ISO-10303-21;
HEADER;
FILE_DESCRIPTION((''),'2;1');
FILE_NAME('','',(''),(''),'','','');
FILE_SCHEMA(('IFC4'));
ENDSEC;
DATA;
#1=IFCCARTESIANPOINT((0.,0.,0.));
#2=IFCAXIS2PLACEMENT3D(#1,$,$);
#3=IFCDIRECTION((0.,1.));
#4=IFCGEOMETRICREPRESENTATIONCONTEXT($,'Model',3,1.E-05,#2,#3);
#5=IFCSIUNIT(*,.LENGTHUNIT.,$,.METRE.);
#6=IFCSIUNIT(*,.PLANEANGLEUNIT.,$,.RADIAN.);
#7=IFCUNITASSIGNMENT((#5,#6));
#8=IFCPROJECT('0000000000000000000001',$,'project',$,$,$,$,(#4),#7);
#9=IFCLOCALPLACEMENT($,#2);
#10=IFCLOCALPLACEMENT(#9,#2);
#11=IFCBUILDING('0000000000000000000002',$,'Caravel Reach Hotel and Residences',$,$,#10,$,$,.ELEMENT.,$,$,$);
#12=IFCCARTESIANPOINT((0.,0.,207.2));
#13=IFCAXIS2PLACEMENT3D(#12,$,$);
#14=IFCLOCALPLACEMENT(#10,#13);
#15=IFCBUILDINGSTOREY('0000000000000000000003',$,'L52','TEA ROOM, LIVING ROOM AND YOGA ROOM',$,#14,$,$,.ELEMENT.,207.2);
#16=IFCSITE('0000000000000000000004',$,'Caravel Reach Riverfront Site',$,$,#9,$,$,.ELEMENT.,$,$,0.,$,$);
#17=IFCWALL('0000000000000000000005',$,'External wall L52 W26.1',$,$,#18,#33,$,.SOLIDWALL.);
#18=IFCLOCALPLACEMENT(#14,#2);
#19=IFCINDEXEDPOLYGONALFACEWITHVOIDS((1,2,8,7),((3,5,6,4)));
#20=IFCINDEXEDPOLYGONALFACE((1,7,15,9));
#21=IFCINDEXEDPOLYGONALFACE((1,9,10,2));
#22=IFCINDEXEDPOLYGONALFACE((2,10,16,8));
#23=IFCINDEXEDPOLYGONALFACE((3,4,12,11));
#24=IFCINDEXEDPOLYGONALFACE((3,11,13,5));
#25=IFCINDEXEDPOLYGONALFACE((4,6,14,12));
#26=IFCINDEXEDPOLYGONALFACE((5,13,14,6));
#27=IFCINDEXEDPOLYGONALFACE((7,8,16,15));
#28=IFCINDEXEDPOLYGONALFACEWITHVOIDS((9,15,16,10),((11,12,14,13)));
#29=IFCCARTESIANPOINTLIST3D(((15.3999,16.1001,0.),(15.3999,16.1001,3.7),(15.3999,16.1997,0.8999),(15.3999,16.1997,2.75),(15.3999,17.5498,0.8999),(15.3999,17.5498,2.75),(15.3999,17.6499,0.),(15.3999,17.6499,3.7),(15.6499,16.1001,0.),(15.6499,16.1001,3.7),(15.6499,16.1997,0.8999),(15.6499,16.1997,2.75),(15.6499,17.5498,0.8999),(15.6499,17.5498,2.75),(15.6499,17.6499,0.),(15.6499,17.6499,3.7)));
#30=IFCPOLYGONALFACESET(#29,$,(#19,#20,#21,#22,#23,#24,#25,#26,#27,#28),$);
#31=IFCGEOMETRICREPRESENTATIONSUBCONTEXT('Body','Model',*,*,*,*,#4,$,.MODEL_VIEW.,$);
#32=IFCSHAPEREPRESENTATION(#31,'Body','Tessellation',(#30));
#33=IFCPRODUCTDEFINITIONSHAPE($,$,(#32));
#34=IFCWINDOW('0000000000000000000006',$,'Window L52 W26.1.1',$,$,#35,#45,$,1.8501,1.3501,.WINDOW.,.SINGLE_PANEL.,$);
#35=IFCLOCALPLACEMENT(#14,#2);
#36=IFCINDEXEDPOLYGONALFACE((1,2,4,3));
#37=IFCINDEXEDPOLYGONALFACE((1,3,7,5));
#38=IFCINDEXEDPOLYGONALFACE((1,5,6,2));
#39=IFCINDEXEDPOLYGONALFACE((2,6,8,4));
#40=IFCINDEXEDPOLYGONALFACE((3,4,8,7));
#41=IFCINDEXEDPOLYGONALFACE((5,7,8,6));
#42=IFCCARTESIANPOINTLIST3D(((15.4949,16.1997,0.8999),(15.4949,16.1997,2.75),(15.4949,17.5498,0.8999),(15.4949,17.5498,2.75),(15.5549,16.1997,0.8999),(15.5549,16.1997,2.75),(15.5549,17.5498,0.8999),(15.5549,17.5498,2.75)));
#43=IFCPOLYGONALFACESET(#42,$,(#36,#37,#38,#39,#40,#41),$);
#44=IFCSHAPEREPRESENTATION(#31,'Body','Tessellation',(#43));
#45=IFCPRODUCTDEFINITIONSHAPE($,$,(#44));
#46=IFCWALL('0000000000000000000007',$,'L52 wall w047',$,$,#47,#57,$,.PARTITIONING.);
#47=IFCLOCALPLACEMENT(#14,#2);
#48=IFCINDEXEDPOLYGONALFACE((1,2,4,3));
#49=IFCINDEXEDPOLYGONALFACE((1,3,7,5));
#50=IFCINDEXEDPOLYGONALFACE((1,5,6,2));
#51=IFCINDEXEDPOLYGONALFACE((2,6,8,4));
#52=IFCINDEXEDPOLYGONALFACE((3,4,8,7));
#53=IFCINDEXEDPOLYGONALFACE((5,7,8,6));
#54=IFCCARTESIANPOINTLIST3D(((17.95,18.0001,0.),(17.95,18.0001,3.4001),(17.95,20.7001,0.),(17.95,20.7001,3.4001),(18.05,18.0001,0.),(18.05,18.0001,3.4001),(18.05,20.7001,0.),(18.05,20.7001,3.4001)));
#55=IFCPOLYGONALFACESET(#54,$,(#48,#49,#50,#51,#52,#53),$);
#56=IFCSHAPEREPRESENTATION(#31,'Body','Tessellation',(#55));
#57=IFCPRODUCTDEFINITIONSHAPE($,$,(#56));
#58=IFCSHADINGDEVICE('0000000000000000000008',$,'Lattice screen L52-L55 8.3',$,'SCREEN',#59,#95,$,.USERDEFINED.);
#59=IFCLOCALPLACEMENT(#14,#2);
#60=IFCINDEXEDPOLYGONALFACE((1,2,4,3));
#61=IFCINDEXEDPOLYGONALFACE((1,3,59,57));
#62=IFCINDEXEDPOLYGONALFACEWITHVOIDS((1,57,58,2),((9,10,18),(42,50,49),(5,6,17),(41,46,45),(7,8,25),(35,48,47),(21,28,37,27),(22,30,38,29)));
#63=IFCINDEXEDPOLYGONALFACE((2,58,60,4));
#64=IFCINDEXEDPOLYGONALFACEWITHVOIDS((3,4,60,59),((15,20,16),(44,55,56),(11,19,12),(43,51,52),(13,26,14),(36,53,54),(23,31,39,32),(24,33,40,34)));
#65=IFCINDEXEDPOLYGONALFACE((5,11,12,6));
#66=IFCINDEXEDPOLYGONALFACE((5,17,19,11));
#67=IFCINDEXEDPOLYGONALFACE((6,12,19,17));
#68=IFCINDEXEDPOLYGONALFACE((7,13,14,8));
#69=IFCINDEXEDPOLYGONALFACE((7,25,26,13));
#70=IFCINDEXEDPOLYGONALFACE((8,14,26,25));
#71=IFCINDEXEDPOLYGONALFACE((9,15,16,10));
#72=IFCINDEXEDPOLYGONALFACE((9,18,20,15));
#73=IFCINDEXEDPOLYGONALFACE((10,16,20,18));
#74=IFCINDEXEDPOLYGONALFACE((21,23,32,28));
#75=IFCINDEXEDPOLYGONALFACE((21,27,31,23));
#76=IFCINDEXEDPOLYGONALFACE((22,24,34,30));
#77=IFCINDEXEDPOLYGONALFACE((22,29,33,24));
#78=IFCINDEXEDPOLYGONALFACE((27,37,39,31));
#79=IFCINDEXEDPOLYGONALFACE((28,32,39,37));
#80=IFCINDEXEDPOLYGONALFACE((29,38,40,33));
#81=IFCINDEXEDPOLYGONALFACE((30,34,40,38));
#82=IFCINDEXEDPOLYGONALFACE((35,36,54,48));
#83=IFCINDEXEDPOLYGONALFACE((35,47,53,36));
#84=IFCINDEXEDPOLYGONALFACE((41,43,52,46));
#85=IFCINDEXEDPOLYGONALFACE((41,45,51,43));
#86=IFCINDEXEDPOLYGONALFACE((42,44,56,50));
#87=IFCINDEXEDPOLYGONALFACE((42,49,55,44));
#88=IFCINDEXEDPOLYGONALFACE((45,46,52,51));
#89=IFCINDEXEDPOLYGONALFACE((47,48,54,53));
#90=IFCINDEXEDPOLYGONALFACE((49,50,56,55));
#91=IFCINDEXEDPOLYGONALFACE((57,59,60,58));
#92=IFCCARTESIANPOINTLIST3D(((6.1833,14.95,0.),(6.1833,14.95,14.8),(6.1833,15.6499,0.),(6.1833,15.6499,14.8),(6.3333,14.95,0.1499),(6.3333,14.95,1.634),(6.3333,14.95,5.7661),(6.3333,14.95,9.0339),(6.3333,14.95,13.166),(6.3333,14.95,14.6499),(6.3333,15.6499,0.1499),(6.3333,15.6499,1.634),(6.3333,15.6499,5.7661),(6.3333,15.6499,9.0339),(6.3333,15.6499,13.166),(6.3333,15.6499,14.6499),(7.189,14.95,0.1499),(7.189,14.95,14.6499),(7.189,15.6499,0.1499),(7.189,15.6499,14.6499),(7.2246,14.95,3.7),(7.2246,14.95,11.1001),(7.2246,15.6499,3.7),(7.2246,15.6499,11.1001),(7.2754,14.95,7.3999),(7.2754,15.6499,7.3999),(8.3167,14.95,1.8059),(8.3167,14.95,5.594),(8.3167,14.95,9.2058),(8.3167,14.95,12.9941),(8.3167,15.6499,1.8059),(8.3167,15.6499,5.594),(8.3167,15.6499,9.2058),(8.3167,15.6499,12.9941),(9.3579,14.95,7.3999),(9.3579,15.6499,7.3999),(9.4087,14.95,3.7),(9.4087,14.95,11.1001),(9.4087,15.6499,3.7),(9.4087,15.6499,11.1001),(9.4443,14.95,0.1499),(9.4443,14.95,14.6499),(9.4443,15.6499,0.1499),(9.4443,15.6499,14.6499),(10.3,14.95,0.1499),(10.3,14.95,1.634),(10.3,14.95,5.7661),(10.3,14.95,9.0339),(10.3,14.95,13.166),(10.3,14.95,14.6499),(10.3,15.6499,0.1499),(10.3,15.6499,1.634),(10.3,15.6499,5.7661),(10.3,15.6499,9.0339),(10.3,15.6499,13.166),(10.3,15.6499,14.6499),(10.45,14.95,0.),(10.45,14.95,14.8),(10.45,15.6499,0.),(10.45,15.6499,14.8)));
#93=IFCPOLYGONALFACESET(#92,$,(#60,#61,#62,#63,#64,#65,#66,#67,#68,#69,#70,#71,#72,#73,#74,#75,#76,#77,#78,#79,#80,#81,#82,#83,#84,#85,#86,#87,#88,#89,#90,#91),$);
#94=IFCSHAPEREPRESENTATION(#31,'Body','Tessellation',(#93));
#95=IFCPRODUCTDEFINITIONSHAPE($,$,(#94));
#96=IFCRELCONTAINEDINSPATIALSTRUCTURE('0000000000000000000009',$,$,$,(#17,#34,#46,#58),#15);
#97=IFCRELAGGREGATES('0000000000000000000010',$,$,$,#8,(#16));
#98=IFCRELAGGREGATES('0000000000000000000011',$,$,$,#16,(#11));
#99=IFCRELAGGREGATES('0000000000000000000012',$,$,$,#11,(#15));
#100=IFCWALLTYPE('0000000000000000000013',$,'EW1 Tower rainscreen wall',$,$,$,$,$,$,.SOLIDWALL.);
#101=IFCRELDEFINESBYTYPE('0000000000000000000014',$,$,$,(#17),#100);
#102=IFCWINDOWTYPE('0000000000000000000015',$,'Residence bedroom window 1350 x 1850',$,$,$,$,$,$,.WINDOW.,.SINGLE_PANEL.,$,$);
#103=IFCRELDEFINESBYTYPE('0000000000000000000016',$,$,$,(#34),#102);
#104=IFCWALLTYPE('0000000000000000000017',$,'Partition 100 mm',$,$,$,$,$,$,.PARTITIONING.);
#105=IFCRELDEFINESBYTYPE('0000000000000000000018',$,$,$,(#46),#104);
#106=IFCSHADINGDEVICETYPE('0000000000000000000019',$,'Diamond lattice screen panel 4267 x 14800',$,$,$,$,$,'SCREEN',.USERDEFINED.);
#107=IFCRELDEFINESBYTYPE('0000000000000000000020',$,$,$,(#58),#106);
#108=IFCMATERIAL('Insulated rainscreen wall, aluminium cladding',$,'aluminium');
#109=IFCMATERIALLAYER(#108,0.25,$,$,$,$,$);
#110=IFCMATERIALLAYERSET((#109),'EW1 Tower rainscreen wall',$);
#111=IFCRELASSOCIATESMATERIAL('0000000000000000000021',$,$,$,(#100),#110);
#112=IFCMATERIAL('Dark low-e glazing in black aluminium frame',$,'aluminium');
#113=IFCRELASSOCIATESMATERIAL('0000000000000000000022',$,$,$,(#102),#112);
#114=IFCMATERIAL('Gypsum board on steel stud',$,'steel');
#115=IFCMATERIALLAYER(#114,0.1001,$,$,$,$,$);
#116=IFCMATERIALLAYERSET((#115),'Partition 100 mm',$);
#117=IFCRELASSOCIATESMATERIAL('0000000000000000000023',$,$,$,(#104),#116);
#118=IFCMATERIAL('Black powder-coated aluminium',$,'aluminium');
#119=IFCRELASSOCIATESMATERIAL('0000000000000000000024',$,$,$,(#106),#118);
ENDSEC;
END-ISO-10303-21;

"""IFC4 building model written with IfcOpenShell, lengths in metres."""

from ifc_helpers import new_model, si_unit, direction, frame, frame_2d, origin, place, context, subcontext, project, spatial, polyline, rectangle, outline, extrude, material, layer, layer_set, type_object, element, fill, save


model = new_model("IFC4")

# Units and contexts
model_context = context("Model", 3, precision=1e-05, world=origin(), true_north=direction((0.0, 1.0)))
body_context = subcontext(model_context, "Body", "Model", "MODEL_VIEW")
ifc_project = project(units=[si_unit("LENGTHUNIT", "METRE"), si_unit("PLANEANGLEUNIT", "RADIAN")], contexts=[model_context])

# Site, building, storey
site_placement = place(None, origin())
site = spatial("IfcSite", under=ifc_project, at=site_placement, Name="Caravel Reach Riverfront Site", CompositionType="ELEMENT", RefElevation=0.0)
building_placement = place(site_placement, origin())
building = spatial("IfcBuilding", under=site, at=building_placement, Name="Caravel Reach Hotel and Residences", CompositionType="ELEMENT")
storey_placement = place(building_placement, frame((0.0, 0.0, 207.2)))
storey = spatial("IfcBuildingStorey", under=building, at=storey_placement, Name="L52", Description="TEA ROOM, LIVING ROOM AND YOGA ROOM", CompositionType="ELEMENT", Elevation=207.2)

# Shared definitions
ifc_material_1 = material(Name="Insulated rainscreen wall, aluminium cladding", Category="aluminium")
ifc_layer_1 = layer(ifc_material_1, 0.25)
ifc_layer_set_1 = layer_set([ifc_layer_1], Name="EW1 Tower rainscreen wall")
wall_type_1 = type_object("IfcWallType", Name="EW1 Tower rainscreen wall", PredefinedType="SOLIDWALL", material=ifc_layer_set_1)

# Wall, opening, window
ifc_material_2 = material(Name="Dark low-e glazing in black aluminium frame", Category="aluminium")
window_type_1 = type_object("IfcWindowType", Name="Residence bedroom window 1350 x 1850", PartitioningType="SINGLE_PANEL", PredefinedType="WINDOW", material=ifc_material_2)
wall_1_placement = place(storey_placement, frame((15.5249, 17.6499, 0.0), z_axis=(0.0, 0.0, 1.0), x_axis=(0.0, -1.0, 0.0)))
wall_1 = element("IfcWall", 1, at=wall_1_placement, inside=storey, type_object=wall_type_1, Name="External wall L52 W26.1", PredefinedType="SOLIDWALL", context=body_context, shape_type="SweptSolid", body=[
    extrude(rectangle(XDim=1.5498, YDim=0.25, at=frame_2d((0.7749, 0.0))), origin(), (0.0, 0.0, 1.0), 3.7),
])
opening_1_placement = place(wall_1_placement, frame((0.1001, 0.0, 0.8999)))
opening_1 = element("IfcOpeningElement", 2, at=opening_1_placement, cuts=wall_1, PredefinedType="OPENING", context=body_context, shape_type="SweptSolid", body=[
    extrude(rectangle(XDim=1.3501, YDim=1.8501, at=frame_2d((0.675, 0.925))), frame((0.0, 0.135, 0.0), z_axis=(0.0, -1.0, 0.0), x_axis=(1.0, 0.0, 0.0)), (0.0, 0.0, 1.0), 0.27),
])
window_1_placement = place(opening_1_placement, origin())
window_1 = element("IfcWindow", 3, at=window_1_placement, inside=storey, type_object=window_type_1, Name="Window L52 W26.1.1", OverallHeight=1.8501, OverallWidth=1.3501, PartitioningType="SINGLE_PANEL", PredefinedType="WINDOW", context=body_context, shape_type="SweptSolid", body=[
    extrude(rectangle(XDim=1.3501, YDim=1.8501, at=frame_2d((0.675, 0.925))), frame((0.0, 0.03, 0.0), z_axis=(0.0, -1.0, 0.0), x_axis=(1.0, 0.0, 0.0)), (0.0, 0.0, 1.0), 0.0601),
])
fill(opening_1, window_1)

# Wall
ifc_material_3 = material(Name="Gypsum board on steel stud", Category="steel")
ifc_layer_2 = layer(ifc_material_3, 0.1001)
ifc_layer_set_2 = layer_set([ifc_layer_2], Name="Partition 100 mm")
wall_type_2 = type_object("IfcWallType", Name="Partition 100 mm", PredefinedType="PARTITIONING", material=ifc_layer_set_2)
wall_2_placement = place(storey_placement, frame((18.0, 18.0, 0.0), z_axis=(0.0, 0.0, 1.0), x_axis=(0.0, 1.0, 0.0)))
element("IfcWall", 4, at=wall_2_placement, inside=storey, type_object=wall_type_2, Name="L52 wall w047", PredefinedType="PARTITIONING", context=body_context, shape_type="SweptSolid", body=[
    extrude(rectangle(XDim=2.7, YDim=0.1001, at=frame_2d((1.3501, 0.0))), origin(), (0.0, 0.0, 1.0), 3.4001),
])

# Shading device
ifc_material_4 = material(Name="Black powder-coated aluminium", Category="aluminium")
shading_device_type_1 = type_object("IfcShadingDeviceType", Name="Diamond lattice screen panel 4267 x 14800", ElementType="SCREEN", PredefinedType="USERDEFINED", material=ifc_material_4)
shading_device_1_placement = place(storey_placement, frame((6.1833, 15.6499, 0.0), z_axis=(0.0, -1.0, 0.0), x_axis=(1.0, 0.0, 0.0)))
element("IfcShadingDevice", 5, at=shading_device_1_placement, inside=storey, type_object=shading_device_type_1, Name="Lattice screen L52-L55 8.3", ObjectType="SCREEN", PredefinedType="USERDEFINED", context=body_context, shape_type="SweptSolid", body=[
    extrude(outline(polyline([(0.0, 0.0), (4.2666, 0.0), (4.2666, 14.8), (0.0, 14.8), (0.0, 0.0)]), holes=[polyline([(1.0056, 0.1499), (0.1499, 1.634), (0.1499, 0.1499), (1.0056, 0.1499)]), polyline([(1.092, 7.3999), (0.1499, 9.0339), (0.1499, 5.7661), (1.092, 7.3999)]), polyline([(0.1499, 13.166), (1.0056, 14.6499), (0.1499, 14.6499), (0.1499, 13.166)]), polyline([(2.1333, 5.594), (1.0413, 3.7), (2.1333, 1.8059), (3.2253, 3.7), (2.1333, 5.594)]), polyline([(2.1333, 12.9941), (1.0413, 11.1001), (2.1333, 9.2058), (3.2253, 11.1001), (2.1333, 12.9941)]), polyline([(4.1167, 1.634), (3.261, 0.1499), (4.1167, 0.1499), (4.1167, 1.634)]), polyline([(3.1746, 7.3999), (4.1167, 5.7661), (4.1167, 9.0339), (3.1746, 7.3999)]), polyline([(3.261, 14.6499), (4.1167, 13.166), (4.1167, 14.6499), (3.261, 14.6499)])]), origin(), (0.0, 0.0, 1.0), 0.7),
])

save(model, "model.ifc")
